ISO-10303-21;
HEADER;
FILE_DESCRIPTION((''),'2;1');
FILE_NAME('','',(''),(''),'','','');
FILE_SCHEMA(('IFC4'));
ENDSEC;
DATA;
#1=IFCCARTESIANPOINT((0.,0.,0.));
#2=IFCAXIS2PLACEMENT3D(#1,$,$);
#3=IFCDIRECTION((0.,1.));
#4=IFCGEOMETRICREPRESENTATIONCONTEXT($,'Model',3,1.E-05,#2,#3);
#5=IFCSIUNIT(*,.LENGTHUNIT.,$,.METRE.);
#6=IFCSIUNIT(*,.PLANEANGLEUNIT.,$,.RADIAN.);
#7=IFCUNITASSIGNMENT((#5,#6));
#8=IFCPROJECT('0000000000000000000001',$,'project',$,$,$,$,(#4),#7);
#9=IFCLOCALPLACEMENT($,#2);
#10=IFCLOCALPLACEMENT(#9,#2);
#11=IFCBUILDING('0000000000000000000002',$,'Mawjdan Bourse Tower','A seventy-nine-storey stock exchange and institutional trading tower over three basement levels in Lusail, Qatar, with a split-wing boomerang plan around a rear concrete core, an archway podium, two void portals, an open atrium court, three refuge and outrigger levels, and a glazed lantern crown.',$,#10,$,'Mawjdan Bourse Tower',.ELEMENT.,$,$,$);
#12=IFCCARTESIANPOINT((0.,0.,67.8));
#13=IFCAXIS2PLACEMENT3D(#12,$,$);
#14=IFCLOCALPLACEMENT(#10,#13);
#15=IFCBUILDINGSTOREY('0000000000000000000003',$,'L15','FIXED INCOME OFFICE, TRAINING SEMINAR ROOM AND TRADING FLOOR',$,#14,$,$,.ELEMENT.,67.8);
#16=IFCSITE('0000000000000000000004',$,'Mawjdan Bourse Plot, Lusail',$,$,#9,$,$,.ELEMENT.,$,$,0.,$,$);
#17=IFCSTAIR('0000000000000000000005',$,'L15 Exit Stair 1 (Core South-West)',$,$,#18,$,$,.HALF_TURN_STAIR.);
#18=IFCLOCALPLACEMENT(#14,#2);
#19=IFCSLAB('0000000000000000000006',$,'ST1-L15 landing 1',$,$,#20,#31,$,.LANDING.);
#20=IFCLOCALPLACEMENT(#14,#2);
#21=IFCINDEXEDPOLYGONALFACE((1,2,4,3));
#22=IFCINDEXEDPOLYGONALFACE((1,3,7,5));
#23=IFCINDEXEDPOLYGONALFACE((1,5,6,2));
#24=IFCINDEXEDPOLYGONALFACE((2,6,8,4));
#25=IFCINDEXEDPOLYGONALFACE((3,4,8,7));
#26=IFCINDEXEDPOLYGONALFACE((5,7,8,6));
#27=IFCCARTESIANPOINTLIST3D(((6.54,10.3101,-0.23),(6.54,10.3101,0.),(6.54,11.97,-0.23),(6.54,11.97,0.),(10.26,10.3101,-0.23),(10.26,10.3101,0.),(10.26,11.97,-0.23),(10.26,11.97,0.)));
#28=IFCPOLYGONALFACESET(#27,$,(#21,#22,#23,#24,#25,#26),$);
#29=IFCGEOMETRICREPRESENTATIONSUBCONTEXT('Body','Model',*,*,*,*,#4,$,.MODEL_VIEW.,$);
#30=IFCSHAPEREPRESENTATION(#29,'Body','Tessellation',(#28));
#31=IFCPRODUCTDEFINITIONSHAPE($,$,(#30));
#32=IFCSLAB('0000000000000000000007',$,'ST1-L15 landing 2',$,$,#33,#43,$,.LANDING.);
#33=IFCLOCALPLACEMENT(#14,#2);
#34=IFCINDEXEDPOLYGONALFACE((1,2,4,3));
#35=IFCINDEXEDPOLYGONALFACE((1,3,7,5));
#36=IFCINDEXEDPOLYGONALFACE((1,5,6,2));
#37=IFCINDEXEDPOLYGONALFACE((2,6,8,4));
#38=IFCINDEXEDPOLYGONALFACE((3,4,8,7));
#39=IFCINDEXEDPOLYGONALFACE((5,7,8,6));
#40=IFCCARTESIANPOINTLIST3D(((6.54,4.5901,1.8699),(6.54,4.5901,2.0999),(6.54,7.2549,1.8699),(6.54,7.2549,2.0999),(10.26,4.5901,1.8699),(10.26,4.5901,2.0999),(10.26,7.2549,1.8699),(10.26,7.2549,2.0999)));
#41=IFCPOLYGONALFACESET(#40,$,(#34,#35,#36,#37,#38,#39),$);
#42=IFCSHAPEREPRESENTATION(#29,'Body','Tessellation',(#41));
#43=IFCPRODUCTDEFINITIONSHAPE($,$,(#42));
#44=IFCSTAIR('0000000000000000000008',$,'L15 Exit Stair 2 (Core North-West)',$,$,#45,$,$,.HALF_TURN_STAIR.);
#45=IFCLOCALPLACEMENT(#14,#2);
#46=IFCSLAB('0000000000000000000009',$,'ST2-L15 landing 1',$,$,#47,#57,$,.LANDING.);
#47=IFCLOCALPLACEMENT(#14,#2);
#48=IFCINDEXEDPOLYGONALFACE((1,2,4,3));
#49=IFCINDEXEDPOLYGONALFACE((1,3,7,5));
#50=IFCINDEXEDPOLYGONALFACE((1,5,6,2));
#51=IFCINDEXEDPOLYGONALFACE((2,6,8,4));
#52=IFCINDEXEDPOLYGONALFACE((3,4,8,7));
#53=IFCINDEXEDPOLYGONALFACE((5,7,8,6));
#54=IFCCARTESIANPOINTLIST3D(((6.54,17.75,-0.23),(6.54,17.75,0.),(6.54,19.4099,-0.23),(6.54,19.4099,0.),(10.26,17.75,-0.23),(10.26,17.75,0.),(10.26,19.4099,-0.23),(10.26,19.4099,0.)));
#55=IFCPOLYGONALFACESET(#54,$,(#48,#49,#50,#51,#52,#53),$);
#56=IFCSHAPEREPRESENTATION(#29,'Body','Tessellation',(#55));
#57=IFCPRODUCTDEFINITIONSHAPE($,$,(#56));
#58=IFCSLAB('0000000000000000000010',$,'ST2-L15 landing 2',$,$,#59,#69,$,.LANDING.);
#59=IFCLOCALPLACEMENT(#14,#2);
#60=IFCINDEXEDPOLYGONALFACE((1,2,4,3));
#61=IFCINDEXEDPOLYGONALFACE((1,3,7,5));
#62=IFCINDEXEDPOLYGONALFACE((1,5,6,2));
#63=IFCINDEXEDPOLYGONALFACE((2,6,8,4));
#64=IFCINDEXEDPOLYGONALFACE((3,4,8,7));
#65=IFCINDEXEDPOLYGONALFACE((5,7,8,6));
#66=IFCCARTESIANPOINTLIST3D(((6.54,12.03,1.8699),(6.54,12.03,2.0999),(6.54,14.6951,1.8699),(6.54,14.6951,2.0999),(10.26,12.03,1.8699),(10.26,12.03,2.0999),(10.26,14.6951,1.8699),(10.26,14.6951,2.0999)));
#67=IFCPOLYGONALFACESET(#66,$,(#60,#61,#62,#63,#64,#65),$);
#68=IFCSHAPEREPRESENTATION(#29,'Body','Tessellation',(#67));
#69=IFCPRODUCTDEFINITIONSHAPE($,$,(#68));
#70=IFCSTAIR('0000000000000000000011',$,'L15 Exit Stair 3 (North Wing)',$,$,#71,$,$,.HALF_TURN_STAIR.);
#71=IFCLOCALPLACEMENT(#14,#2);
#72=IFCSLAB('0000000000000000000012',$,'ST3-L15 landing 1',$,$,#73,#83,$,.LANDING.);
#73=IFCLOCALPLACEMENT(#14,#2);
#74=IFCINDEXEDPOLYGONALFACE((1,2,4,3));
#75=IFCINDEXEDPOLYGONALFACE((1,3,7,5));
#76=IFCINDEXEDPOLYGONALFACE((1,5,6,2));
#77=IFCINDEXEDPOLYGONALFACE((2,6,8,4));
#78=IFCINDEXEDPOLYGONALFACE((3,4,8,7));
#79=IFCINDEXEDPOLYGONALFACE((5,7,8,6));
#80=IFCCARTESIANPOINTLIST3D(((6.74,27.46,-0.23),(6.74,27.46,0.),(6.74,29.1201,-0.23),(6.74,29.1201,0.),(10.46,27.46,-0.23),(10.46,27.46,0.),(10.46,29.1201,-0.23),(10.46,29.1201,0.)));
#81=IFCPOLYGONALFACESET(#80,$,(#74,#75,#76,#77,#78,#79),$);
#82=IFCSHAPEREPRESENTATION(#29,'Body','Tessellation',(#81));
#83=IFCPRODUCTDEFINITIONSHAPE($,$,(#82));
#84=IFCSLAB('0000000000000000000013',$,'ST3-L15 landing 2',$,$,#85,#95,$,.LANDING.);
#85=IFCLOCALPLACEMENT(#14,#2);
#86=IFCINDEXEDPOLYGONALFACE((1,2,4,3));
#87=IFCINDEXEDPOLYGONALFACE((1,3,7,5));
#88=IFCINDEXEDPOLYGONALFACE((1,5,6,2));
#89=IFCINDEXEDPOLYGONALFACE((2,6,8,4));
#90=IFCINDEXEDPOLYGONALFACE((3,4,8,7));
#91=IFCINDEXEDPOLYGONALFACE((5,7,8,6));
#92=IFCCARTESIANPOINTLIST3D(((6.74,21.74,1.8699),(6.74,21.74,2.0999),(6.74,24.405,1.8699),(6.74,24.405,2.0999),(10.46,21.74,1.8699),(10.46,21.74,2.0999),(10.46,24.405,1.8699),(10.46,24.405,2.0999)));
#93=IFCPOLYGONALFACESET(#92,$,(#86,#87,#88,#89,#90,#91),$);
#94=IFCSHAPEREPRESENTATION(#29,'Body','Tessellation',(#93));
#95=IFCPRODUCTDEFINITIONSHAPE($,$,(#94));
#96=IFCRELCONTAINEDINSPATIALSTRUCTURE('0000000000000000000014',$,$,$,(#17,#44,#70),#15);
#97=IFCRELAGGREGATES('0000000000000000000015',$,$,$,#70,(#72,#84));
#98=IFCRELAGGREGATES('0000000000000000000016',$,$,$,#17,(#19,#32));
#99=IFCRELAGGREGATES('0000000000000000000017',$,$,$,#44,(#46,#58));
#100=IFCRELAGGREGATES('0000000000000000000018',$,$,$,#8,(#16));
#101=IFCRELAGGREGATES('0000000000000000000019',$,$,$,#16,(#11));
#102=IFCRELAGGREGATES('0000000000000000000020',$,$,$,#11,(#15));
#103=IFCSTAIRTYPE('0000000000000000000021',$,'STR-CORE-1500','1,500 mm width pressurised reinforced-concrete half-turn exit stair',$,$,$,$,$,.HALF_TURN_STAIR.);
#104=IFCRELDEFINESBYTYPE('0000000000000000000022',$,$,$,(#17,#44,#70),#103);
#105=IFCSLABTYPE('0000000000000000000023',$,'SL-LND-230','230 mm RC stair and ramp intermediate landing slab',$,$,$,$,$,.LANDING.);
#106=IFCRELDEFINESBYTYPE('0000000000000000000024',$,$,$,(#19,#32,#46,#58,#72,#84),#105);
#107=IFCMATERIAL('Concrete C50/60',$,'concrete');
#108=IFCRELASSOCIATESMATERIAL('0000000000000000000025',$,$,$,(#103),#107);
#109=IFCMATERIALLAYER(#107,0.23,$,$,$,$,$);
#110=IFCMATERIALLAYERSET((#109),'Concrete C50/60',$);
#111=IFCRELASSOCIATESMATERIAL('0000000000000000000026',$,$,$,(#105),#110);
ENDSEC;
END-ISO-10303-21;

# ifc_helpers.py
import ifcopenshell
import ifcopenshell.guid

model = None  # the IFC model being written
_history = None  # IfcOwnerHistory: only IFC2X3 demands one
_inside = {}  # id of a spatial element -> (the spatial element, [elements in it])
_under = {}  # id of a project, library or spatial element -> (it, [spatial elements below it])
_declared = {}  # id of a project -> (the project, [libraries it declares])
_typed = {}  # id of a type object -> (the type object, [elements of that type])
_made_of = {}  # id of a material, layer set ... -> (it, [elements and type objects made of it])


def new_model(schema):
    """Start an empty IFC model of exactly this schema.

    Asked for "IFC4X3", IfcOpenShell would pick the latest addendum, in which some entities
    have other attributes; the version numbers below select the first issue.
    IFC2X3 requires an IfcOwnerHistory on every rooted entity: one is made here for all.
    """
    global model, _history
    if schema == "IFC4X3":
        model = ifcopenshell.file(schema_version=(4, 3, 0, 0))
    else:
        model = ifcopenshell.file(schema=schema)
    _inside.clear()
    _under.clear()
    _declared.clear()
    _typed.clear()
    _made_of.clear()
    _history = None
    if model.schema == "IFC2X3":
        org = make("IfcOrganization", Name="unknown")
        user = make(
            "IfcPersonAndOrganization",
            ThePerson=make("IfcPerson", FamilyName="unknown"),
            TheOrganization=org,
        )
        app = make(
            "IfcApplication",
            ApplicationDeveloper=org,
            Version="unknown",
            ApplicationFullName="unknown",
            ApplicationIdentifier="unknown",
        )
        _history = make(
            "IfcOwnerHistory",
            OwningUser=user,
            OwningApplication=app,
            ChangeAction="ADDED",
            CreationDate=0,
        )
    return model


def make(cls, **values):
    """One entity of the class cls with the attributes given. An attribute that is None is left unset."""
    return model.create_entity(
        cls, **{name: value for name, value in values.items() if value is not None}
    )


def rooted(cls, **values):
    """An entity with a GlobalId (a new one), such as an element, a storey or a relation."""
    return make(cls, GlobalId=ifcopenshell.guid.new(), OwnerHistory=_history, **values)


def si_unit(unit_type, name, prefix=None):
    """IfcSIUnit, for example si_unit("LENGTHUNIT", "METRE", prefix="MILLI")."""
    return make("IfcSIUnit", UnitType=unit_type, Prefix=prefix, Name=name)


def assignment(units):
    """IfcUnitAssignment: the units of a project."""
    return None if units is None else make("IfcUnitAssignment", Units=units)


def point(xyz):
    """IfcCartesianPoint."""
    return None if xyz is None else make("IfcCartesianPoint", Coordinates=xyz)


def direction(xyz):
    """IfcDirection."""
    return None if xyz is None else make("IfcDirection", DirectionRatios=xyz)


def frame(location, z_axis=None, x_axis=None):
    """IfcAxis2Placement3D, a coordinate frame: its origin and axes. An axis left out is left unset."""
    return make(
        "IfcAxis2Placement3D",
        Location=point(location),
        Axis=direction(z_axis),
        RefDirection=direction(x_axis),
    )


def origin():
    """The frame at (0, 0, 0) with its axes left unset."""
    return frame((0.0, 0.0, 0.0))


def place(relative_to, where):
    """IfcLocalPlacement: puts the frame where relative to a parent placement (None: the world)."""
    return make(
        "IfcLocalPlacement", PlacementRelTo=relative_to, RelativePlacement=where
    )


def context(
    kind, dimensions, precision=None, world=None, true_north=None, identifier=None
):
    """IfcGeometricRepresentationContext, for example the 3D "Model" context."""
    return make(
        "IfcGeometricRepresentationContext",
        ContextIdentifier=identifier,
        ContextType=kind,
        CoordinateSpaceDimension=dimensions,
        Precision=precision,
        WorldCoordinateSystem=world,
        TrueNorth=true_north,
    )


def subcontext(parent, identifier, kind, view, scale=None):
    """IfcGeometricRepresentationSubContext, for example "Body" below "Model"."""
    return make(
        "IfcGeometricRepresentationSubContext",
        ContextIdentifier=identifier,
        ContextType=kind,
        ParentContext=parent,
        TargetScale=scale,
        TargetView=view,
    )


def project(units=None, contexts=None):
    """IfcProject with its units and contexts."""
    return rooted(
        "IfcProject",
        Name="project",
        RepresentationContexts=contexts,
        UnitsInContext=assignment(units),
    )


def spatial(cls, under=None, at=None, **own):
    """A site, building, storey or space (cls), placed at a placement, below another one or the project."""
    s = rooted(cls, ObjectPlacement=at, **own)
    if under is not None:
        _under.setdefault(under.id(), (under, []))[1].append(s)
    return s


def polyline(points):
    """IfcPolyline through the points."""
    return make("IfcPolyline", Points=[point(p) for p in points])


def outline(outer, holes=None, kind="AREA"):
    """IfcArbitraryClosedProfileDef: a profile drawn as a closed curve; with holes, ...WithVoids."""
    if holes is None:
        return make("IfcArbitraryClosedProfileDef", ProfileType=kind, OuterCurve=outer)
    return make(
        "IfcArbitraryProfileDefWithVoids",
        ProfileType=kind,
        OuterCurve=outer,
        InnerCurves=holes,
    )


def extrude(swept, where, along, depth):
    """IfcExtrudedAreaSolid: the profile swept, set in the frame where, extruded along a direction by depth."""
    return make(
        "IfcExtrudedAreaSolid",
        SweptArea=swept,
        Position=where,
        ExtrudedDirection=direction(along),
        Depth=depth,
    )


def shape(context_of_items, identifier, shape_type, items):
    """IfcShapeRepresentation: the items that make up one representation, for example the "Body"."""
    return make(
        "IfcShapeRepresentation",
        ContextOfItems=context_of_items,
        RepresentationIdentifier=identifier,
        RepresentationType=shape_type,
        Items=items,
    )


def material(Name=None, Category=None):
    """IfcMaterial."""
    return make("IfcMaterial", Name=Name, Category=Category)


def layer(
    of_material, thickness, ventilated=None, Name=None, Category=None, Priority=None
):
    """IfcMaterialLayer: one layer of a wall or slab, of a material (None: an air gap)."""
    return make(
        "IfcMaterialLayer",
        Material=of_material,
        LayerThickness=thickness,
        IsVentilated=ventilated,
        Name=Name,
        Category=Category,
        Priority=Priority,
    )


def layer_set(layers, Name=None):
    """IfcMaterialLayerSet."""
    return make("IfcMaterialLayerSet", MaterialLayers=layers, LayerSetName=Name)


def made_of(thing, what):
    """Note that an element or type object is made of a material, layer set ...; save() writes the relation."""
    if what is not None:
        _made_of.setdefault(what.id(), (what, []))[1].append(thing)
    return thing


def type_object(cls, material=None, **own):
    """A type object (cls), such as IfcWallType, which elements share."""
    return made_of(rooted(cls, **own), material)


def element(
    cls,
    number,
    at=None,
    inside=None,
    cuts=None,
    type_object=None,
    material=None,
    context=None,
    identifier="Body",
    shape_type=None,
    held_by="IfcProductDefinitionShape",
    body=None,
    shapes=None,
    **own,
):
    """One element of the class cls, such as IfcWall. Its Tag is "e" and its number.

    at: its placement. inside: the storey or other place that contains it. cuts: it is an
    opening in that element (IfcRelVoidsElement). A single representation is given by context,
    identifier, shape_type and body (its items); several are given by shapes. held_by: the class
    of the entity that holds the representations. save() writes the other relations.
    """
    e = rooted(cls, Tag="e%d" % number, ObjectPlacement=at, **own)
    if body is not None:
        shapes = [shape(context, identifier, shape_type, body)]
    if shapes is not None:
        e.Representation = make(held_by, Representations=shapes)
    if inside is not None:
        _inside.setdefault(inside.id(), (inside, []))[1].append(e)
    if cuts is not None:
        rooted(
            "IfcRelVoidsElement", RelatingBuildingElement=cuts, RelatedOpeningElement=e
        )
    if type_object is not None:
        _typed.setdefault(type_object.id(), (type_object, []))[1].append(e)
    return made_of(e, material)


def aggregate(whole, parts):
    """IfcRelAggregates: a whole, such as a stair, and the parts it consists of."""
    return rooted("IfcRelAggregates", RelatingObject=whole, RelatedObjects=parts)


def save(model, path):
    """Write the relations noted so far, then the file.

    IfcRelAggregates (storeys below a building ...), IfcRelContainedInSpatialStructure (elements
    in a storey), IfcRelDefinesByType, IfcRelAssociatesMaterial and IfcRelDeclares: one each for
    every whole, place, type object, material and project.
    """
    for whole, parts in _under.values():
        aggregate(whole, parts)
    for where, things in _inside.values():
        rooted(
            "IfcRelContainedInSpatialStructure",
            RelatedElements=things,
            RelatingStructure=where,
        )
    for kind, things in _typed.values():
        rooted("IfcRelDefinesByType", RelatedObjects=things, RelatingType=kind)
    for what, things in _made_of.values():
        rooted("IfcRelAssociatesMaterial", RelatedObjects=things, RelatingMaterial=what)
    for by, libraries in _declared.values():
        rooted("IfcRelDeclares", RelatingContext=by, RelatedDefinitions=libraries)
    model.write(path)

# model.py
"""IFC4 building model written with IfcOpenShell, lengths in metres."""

from ifc_helpers import new_model, si_unit, direction, frame, origin, place, context, subcontext, project, spatial, polyline, outline, extrude, material, layer, layer_set, type_object, element, aggregate, save


model = new_model("IFC4")

# Units and contexts
model_context = context("Model", 3, precision=1e-05, world=origin(), true_north=direction((0.0, 1.0)))
body_context = subcontext(model_context, "Body", "Model", "MODEL_VIEW")
ifc_project = project(units=[si_unit("LENGTHUNIT", "METRE"), si_unit("PLANEANGLEUNIT", "RADIAN")], contexts=[model_context])

# Site, building, storey
site_placement = place(None, origin())
site = spatial("IfcSite", under=ifc_project, at=site_placement, Name="Mawjdan Bourse Plot, Lusail", CompositionType="ELEMENT", RefElevation=0.0)
building_placement = place(site_placement, origin())
building = spatial("IfcBuilding", under=site, at=building_placement, Name="Mawjdan Bourse Tower", Description="A seventy-nine-storey stock exchange and institutional trading tower over three basement levels in Lusail, Qatar, with a split-wing boomerang plan around a rear concrete core, an archway podium, two void portals, an open atrium court, three refuge and outrigger levels, and a glazed lantern crown.", LongName="Mawjdan Bourse Tower", CompositionType="ELEMENT")
storey_placement = place(building_placement, frame((0.0, 0.0, 67.8)))
storey = spatial("IfcBuildingStorey", under=building, at=storey_placement, Name="L15", Description="FIXED INCOME OFFICE, TRAINING SEMINAR ROOM AND TRADING FLOOR", CompositionType="ELEMENT", Elevation=67.8)

# Stairs, slabs
ifc_material_1 = material(Name="Concrete C50/60", Category="concrete")
stair_type = type_object("IfcStairType", Name="STR-CORE-1500", Description="1,500 mm width pressurised reinforced-concrete half-turn exit stair", PredefinedType="HALF_TURN_STAIR", material=ifc_material_1)
stair_1_placement = place(storey_placement, origin())
stair_1 = element("IfcStair", 1, at=stair_1_placement, inside=storey, type_object=stair_type, Name="L15 Exit Stair 1 (Core South-West)", PredefinedType="HALF_TURN_STAIR")
ifc_layer_1 = layer(ifc_material_1, 0.23)
ifc_layer_set_1 = layer_set([ifc_layer_1], Name="Concrete C50/60")
slab_type_1 = type_object("IfcSlabType", Name="SL-LND-230", Description="230 mm RC stair and ramp intermediate landing slab", PredefinedType="LANDING", material=ifc_layer_set_1)
slab_1_placement = place(storey_placement, frame((0.0, 0.0, -0.23)))
slab_1 = element("IfcSlab", 2, at=slab_1_placement, type_object=slab_type_1, Name="ST1-L15 landing 1", PredefinedType="LANDING", context=body_context, shape_type="SweptSolid", body=[
    extrude(outline(polyline([(6.54, 10.3101), (10.26, 10.3101), (10.26, 11.97), (6.54, 11.97), (6.54, 10.3101)])), origin(), (0.0, 0.0, 1.0), 0.23),
])
slab_2_placement = place(storey_placement, frame((0.0, 0.0, 1.8699)))
slab_2 = element("IfcSlab", 3, at=slab_2_placement, type_object=slab_type_1, Name="ST1-L15 landing 2", PredefinedType="LANDING", context=body_context, shape_type="SweptSolid", body=[
    extrude(outline(polyline([(6.54, 4.5901), (10.26, 4.5901), (10.26, 7.2549), (6.54, 7.2549), (6.54, 4.5901)])), origin(), (0.0, 0.0, 1.0), 0.23),
])
stair_2_placement = place(storey_placement, origin())
stair_2 = element("IfcStair", 4, at=stair_2_placement, inside=storey, type_object=stair_type, Name="L15 Exit Stair 2 (Core North-West)", PredefinedType="HALF_TURN_STAIR")
slab_3_placement = place(storey_placement, frame((0.0, 0.0, -0.23)))
slab_3 = element("IfcSlab", 5, at=slab_3_placement, type_object=slab_type_1, Name="ST2-L15 landing 1", PredefinedType="LANDING", context=body_context, shape_type="SweptSolid", body=[
    extrude(outline(polyline([(6.54, 17.75), (10.26, 17.75), (10.26, 19.4099), (6.54, 19.4099), (6.54, 17.75)])), origin(), (0.0, 0.0, 1.0), 0.23),
])
slab_4_placement = place(storey_placement, frame((0.0, 0.0, 1.8699)))
slab_4 = element("IfcSlab", 6, at=slab_4_placement, type_object=slab_type_1, Name="ST2-L15 landing 2", PredefinedType="LANDING", context=body_context, shape_type="SweptSolid", body=[
    extrude(outline(polyline([(6.54, 12.03), (10.26, 12.03), (10.26, 14.6951), (6.54, 14.6951), (6.54, 12.03)])), origin(), (0.0, 0.0, 1.0), 0.23),
])
stair_3_placement = place(storey_placement, origin())
stair_3 = element("IfcStair", 7, at=stair_3_placement, inside=storey, type_object=stair_type, Name="L15 Exit Stair 3 (North Wing)", PredefinedType="HALF_TURN_STAIR")
slab_5_placement = place(storey_placement, frame((0.0, 0.0, -0.23)))
slab_5 = element("IfcSlab", 8, at=slab_5_placement, type_object=slab_type_1, Name="ST3-L15 landing 1", PredefinedType="LANDING", context=body_context, shape_type="SweptSolid", body=[
    extrude(outline(polyline([(6.74, 27.46), (10.46, 27.46), (10.46, 29.1201), (6.74, 29.1201), (6.74, 27.46)])), origin(), (0.0, 0.0, 1.0), 0.23),
])
slab_6_placement = place(storey_placement, frame((0.0, 0.0, 1.8699)))
slab_6 = element("IfcSlab", 9, at=slab_6_placement, type_object=slab_type_1, Name="ST3-L15 landing 2", PredefinedType="LANDING", context=body_context, shape_type="SweptSolid", body=[
    extrude(outline(polyline([(6.74, 21.74), (10.46, 21.74), (10.46, 24.405), (6.74, 24.405), (6.74, 21.74)])), origin(), (0.0, 0.0, 1.0), 0.23),
])
aggregate(stair_3, [slab_5, slab_6])

aggregate(stair_1, [slab_1, slab_2])
aggregate(stair_2, [slab_3, slab_4])

save(model, "model.ifc")
